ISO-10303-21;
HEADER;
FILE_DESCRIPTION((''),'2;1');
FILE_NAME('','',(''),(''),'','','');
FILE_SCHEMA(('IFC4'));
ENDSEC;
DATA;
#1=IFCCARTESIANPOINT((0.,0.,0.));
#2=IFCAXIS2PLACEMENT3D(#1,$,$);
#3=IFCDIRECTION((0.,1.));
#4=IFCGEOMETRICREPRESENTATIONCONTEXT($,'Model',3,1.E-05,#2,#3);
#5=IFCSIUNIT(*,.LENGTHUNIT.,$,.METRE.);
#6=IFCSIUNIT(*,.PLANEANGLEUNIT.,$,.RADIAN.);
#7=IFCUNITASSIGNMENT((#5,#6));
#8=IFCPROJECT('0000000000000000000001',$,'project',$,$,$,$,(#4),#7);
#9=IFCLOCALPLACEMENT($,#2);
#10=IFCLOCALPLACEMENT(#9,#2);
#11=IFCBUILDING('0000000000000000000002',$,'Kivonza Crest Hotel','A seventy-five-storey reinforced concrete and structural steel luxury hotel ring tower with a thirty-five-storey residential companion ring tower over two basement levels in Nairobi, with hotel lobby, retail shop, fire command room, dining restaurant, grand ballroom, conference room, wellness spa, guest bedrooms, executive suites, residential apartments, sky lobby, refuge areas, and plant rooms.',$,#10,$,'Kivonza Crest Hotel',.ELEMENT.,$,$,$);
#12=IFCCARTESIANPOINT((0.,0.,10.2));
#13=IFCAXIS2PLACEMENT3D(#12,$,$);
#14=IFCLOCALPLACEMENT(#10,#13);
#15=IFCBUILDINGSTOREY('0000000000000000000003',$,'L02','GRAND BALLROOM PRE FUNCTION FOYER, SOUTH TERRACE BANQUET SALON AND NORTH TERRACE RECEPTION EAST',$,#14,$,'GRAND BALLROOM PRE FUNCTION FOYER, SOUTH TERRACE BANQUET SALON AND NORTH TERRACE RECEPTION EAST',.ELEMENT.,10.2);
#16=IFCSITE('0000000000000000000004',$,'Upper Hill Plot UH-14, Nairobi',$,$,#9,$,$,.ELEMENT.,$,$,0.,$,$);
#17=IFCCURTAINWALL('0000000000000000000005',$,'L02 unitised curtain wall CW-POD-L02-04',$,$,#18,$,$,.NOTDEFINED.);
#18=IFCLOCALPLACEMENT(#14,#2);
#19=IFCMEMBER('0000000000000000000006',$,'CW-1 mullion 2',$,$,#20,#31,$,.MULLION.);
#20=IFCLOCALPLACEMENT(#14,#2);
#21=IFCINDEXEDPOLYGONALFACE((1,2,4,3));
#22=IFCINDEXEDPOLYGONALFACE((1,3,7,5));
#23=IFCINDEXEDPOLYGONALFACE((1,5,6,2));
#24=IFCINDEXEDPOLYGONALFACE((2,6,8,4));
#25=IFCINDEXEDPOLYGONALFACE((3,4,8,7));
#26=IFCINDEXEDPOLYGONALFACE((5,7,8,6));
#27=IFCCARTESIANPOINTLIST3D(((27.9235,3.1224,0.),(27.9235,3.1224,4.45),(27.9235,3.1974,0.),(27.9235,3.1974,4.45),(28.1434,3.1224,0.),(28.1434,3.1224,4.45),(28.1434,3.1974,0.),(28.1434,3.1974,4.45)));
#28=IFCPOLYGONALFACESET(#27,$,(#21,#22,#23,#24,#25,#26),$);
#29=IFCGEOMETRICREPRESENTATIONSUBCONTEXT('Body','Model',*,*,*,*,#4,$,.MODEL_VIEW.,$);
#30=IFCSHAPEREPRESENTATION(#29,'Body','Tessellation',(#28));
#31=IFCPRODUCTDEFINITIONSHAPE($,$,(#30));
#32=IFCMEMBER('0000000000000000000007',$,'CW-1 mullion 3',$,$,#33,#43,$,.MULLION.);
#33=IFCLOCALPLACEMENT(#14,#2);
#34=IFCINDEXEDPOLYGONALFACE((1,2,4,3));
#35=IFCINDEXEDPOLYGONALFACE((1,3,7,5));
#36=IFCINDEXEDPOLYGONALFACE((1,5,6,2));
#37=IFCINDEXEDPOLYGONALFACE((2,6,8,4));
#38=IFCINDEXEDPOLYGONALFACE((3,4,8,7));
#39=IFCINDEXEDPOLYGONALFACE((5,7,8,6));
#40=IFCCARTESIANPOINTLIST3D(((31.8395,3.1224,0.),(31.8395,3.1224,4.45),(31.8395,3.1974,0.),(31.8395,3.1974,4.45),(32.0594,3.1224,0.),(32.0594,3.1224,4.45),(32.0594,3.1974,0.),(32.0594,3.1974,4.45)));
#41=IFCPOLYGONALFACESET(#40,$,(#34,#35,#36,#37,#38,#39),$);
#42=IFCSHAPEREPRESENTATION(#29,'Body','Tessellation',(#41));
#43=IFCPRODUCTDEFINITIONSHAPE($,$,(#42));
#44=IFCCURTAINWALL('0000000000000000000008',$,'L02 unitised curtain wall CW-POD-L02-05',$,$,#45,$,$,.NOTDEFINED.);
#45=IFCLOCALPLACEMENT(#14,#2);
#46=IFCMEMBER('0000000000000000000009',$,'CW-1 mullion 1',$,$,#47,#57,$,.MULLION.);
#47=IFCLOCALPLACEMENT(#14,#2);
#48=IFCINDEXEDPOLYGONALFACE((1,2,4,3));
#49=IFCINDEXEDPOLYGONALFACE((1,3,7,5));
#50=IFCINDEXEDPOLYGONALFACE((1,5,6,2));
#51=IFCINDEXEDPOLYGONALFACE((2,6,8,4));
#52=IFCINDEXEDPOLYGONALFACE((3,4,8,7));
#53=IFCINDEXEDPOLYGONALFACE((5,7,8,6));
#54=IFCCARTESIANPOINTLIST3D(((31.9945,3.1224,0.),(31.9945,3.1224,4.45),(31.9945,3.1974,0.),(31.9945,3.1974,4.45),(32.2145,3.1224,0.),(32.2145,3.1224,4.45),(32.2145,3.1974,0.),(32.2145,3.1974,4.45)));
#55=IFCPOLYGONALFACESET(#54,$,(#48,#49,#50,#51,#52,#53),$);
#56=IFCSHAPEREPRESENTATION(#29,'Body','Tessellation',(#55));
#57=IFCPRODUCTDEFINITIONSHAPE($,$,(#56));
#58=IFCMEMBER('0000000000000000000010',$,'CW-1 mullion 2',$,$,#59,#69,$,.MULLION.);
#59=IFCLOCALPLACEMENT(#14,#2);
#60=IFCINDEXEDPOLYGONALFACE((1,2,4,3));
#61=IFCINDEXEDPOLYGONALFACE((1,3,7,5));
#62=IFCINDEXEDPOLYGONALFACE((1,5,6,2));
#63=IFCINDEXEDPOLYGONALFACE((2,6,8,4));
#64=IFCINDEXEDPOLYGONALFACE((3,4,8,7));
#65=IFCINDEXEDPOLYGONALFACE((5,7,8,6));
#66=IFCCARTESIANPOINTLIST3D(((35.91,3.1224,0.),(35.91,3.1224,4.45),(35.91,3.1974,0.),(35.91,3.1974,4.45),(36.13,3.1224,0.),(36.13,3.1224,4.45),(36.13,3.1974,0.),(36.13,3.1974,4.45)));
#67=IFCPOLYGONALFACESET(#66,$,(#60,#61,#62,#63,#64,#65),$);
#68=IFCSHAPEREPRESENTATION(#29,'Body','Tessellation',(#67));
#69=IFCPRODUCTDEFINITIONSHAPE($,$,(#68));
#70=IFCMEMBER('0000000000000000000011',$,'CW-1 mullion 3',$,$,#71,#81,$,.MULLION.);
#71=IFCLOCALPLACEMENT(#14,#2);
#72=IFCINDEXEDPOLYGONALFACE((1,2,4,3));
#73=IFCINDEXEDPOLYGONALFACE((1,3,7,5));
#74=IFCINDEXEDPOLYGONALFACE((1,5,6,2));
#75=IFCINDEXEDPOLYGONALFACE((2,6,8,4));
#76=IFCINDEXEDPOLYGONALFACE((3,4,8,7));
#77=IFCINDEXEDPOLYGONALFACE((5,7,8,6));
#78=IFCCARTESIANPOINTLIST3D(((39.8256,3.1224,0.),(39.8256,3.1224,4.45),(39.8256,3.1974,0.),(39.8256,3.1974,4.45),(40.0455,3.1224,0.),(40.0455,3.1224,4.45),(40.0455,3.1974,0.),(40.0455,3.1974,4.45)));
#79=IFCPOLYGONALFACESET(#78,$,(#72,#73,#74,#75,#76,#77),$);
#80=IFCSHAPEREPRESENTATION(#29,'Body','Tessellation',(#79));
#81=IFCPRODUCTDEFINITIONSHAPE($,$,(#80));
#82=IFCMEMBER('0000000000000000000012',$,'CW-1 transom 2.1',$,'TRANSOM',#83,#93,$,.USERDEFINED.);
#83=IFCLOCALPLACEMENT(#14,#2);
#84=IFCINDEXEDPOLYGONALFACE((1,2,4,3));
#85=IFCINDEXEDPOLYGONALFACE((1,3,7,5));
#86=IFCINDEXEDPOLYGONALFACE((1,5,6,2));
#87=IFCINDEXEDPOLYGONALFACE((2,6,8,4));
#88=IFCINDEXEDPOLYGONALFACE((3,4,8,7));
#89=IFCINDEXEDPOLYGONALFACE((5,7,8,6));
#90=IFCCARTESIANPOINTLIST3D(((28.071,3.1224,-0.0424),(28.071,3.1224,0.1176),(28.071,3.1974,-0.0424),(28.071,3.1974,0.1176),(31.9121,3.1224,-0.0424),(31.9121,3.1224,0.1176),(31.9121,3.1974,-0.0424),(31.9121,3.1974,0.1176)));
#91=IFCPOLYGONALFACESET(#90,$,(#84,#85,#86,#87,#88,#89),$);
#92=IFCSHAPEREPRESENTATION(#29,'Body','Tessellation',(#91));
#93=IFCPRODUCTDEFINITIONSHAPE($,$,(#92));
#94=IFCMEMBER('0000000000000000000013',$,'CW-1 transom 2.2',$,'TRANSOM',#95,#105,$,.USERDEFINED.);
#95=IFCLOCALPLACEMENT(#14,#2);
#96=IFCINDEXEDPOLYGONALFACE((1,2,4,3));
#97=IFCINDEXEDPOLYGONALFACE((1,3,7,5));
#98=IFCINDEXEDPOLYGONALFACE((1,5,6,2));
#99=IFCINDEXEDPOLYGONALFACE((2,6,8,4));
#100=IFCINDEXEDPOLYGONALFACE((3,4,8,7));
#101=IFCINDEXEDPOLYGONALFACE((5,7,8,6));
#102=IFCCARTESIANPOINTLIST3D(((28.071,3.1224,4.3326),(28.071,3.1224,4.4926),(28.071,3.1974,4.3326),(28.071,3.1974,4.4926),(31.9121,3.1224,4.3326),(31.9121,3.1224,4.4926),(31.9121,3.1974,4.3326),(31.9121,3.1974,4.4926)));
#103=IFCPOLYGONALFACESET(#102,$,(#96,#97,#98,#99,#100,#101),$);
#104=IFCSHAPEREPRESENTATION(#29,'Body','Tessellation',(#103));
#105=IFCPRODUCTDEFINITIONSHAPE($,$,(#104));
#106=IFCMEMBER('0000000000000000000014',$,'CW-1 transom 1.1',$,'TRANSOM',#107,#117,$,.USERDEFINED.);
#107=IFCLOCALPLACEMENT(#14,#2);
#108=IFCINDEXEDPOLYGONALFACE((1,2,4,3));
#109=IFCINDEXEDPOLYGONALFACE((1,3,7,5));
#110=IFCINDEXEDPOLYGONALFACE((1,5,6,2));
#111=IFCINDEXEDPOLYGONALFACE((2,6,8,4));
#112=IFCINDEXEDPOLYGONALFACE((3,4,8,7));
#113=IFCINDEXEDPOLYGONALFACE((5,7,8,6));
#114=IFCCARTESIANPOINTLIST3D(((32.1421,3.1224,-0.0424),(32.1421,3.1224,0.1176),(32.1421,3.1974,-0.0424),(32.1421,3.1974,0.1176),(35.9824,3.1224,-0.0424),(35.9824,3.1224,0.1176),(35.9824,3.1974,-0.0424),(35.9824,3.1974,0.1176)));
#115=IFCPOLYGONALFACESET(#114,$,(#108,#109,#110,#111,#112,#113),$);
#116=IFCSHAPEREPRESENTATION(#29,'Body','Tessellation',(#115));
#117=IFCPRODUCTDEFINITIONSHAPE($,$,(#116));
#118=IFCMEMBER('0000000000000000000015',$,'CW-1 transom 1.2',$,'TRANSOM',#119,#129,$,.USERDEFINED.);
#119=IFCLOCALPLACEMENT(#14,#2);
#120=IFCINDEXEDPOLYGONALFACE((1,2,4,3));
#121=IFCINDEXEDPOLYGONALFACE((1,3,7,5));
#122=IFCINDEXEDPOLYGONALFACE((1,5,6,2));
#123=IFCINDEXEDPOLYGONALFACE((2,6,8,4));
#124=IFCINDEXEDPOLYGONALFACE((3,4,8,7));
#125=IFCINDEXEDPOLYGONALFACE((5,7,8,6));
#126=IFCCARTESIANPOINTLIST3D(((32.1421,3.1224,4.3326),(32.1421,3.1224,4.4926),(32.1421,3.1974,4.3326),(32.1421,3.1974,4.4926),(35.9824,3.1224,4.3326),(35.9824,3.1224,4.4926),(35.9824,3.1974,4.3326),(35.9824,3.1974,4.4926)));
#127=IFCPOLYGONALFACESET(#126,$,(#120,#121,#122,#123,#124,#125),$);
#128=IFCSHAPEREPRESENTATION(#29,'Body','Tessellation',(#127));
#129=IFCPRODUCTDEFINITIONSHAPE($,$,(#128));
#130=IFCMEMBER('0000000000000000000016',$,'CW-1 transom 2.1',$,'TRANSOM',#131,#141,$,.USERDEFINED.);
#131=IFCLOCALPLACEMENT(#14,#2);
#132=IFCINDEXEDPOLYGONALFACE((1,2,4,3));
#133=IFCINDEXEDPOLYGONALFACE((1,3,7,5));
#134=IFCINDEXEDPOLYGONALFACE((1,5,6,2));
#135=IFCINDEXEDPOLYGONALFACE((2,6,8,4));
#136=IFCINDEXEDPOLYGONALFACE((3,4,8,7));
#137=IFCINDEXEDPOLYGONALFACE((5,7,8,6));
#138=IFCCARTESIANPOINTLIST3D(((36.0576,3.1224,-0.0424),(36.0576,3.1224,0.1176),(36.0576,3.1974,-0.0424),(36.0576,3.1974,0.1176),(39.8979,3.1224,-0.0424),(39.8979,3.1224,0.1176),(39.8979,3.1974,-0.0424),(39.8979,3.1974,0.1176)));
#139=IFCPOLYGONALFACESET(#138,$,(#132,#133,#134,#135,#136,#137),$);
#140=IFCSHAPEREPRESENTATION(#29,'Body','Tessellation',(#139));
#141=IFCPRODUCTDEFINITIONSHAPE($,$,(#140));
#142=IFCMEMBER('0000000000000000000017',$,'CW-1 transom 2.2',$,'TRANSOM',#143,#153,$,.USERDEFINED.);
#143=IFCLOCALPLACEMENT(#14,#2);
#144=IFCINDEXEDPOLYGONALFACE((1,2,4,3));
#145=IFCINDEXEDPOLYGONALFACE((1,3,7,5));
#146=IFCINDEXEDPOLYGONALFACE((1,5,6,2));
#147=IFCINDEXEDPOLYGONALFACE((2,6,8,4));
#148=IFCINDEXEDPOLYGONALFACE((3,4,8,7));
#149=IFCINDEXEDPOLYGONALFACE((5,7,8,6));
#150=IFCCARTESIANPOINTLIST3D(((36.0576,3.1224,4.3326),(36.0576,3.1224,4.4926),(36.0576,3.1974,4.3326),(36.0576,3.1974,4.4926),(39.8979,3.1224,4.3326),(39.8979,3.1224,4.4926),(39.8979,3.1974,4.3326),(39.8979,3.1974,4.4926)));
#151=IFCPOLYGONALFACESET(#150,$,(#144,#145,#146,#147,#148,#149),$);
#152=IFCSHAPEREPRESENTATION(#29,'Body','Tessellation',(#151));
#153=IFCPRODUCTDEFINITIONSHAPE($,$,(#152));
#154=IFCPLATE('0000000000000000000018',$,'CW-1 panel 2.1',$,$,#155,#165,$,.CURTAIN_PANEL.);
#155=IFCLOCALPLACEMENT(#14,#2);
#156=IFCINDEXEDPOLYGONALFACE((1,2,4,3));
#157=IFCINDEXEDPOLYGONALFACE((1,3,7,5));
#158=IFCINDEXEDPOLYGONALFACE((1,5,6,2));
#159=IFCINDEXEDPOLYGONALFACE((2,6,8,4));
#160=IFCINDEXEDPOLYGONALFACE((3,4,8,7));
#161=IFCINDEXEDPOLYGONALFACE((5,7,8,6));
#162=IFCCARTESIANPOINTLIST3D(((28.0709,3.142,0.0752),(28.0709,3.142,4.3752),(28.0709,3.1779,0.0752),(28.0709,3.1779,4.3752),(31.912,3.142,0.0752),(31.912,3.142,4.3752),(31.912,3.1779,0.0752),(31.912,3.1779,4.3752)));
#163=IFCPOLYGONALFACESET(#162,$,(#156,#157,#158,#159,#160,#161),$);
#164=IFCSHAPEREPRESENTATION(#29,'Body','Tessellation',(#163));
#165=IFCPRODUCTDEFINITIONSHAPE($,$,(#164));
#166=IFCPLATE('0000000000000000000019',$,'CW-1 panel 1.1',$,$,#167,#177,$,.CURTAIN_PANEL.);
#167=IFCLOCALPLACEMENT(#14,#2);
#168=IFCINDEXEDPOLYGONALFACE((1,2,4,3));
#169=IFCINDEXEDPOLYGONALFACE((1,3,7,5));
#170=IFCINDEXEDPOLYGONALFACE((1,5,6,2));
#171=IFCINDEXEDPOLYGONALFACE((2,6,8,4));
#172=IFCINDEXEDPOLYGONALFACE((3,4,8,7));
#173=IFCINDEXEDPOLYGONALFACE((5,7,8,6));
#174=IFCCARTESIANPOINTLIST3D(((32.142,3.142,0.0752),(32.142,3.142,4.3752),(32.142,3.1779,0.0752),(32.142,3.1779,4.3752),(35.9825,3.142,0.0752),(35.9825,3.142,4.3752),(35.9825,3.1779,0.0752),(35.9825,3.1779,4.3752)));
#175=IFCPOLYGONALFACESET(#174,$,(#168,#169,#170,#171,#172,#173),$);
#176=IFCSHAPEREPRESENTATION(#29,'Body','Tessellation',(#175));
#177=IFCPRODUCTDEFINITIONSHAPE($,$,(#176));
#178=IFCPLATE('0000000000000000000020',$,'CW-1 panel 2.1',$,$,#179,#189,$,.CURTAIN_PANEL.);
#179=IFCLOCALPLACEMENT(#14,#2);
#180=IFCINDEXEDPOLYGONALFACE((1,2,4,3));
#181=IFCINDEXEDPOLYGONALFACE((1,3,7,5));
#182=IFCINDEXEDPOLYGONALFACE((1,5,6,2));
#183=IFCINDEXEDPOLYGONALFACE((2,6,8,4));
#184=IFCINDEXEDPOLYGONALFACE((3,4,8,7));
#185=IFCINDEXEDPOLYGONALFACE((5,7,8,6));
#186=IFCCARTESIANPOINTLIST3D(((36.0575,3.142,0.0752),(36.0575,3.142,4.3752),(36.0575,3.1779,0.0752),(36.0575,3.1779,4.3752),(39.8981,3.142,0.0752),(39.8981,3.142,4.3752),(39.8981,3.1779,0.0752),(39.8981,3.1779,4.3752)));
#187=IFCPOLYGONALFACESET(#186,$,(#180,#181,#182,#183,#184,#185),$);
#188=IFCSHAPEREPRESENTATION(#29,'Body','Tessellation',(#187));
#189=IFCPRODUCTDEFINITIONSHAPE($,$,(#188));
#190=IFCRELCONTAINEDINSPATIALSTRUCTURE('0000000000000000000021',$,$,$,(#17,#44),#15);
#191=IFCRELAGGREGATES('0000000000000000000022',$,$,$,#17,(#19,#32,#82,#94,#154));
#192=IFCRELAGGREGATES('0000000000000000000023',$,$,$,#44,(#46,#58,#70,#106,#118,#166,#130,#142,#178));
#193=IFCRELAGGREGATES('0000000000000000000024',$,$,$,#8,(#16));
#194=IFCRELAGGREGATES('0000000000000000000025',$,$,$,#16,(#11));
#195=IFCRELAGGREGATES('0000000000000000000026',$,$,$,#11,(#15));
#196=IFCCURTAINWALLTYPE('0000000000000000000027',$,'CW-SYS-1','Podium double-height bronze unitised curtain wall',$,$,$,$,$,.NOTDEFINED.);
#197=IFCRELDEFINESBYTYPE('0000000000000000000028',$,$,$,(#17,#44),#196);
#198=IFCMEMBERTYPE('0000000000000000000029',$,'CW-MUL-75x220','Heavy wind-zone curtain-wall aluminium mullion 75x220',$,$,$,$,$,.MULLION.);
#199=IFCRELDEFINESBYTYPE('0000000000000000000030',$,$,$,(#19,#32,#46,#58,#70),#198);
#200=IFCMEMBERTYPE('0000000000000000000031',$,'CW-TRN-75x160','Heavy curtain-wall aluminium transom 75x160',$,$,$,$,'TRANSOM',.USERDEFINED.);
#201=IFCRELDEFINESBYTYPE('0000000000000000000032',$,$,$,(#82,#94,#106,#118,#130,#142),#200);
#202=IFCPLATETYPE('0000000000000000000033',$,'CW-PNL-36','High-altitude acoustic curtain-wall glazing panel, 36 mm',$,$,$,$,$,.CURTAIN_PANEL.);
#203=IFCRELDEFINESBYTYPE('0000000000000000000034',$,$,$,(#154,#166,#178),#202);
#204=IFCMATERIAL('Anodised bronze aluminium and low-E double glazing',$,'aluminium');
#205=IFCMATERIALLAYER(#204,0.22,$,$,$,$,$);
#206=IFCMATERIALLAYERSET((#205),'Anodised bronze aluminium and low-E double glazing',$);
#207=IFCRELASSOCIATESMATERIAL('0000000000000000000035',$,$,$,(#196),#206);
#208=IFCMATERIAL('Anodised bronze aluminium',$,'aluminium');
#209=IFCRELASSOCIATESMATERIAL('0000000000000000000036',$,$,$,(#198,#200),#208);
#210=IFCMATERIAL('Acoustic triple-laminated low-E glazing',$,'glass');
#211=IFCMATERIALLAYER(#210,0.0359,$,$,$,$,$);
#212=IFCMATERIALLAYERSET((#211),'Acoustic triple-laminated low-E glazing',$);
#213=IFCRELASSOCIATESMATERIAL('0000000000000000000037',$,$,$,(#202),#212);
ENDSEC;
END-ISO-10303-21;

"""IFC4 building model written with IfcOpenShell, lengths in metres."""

from ifc_helpers import new_model, si_unit, direction, frame, origin, origin_2d, place, context, subcontext, project, spatial, rectangle, extrude, material, layer, layer_set, material_profile, profile_set, type_object, element, aggregate, save


model = new_model("IFC4")

# Units and contexts
model_context = context("Model", 3, precision=1e-05, world=origin(), true_north=direction((0.0, 1.0)))
body_context = subcontext(model_context, "Body", "Model", "MODEL_VIEW")
ifc_project = project(units=[si_unit("LENGTHUNIT", "METRE"), si_unit("PLANEANGLEUNIT", "RADIAN")], contexts=[model_context])

# Site, building, storey
site_placement = place(None, origin())
site = spatial("IfcSite", under=ifc_project, at=site_placement, Name="Upper Hill Plot UH-14, Nairobi", CompositionType="ELEMENT", RefElevation=0.0)
building_placement = place(site_placement, origin())
building = spatial("IfcBuilding", under=site, at=building_placement, Name="Kivonza Crest Hotel", Description="A seventy-five-storey reinforced concrete and structural steel luxury hotel ring tower with a thirty-five-storey residential companion ring tower over two basement levels in Nairobi, with hotel lobby, retail shop, fire command room, dining restaurant, grand ballroom, conference room, wellness spa, guest bedrooms, executive suites, residential apartments, sky lobby, refuge areas, and plant rooms.", LongName="Kivonza Crest Hotel", CompositionType="ELEMENT")
storey_placement = place(building_placement, frame((0.0, 0.0, 10.2)))
storey = spatial("IfcBuildingStorey", under=building, at=storey_placement, Name="L02", Description="GRAND BALLROOM PRE FUNCTION FOYER, SOUTH TERRACE BANQUET SALON AND NORTH TERRACE RECEPTION EAST", LongName="GRAND BALLROOM PRE FUNCTION FOYER, SOUTH TERRACE BANQUET SALON AND NORTH TERRACE RECEPTION EAST", CompositionType="ELEMENT", Elevation=10.2)

# Curtain walls, members
ifc_material_1 = material(Name="Anodised bronze aluminium and low-E double glazing", Category="aluminium")
ifc_layer_1 = layer(ifc_material_1, 0.22)
ifc_layer_set_1 = layer_set([ifc_layer_1], Name="Anodised bronze aluminium and low-E double glazing")
curtain_wall_type = type_object("IfcCurtainWallType", Name="CW-SYS-1", Description="Podium double-height bronze unitised curtain wall", PredefinedType="NOTDEFINED", material=ifc_layer_set_1)
curtain_wall_1_placement = place(storey_placement, origin())
curtain_wall_1 = element("IfcCurtainWall", 1, at=curtain_wall_1_placement, inside=storey, type_object=curtain_wall_type, Name="L02 unitised curtain wall CW-POD-L02-04", PredefinedType="NOTDEFINED")
ifc_material_2 = material(Name="Anodised bronze aluminium", Category="aluminium")
ifc_material_profile_1 = material_profile(ifc_material_2, rectangle(XDim=0.075, YDim=0.22, at=origin_2d()), Name="CW-M 75x220")
ifc_profile_set_1 = profile_set([ifc_material_profile_1], Name="Anodised bronze aluminium")
member_type_1 = type_object("IfcMemberType", Name="CW-MUL-75x220", Description="Heavy wind-zone curtain-wall aluminium mullion 75x220", PredefinedType="MULLION", material=ifc_profile_set_1)
member_1_placement = place(storey_placement, frame((28.0334, 3.1599, 0.0), z_axis=(0.0, 0.0, 1.0), x_axis=(0.0, 1.0, 0.0)))
member_1 = element("IfcMember", 2, at=member_1_placement, type_object=member_type_1, Name="CW-1 mullion 2", PredefinedType="MULLION", context=body_context, shape_type="SweptSolid", body=[
    extrude(rectangle(XDim=0.075, YDim=0.22, at=origin_2d()), origin(), (0.0, 0.0, 1.0), 4.45),
])
member_2_placement = place(storey_placement, frame((31.9495, 3.1599, 0.0), z_axis=(0.0, 0.0, 1.0), x_axis=(0.0, 1.0, 0.0)))
member_2 = element("IfcMember", 3, at=member_2_placement, type_object=member_type_1, Name="CW-1 mullion 3", PredefinedType="MULLION", context=body_context, shape_type="SweptSolid", body=[
    extrude(rectangle(XDim=0.075, YDim=0.22, at=origin_2d()), origin(), (0.0, 0.0, 1.0), 4.45),
])
curtain_wall_2_placement = place(storey_placement, origin())
curtain_wall_2 = element("IfcCurtainWall", 4, at=curtain_wall_2_placement, inside=storey, type_object=curtain_wall_type, Name="L02 unitised curtain wall CW-POD-L02-05", PredefinedType="NOTDEFINED")
member_3_placement = place(storey_placement, frame((32.1045, 3.1599, 0.0), z_axis=(0.0, 0.0, 1.0), x_axis=(0.0, 1.0, 0.0)))
member_3 = element("IfcMember", 5, at=member_3_placement, type_object=member_type_1, Name="CW-1 mullion 1", PredefinedType="MULLION", context=body_context, shape_type="SweptSolid", body=[
    extrude(rectangle(XDim=0.075, YDim=0.22, at=origin_2d()), origin(), (0.0, 0.0, 1.0), 4.45),
])
member_4_placement = place(storey_placement, frame((36.02, 3.1599, 0.0), z_axis=(0.0, 0.0, 1.0), x_axis=(0.0, 1.0, 0.0)))
member_4 = element("IfcMember", 6, at=member_4_placement, type_object=member_type_1, Name="CW-1 mullion 2", PredefinedType="MULLION", context=body_context, shape_type="SweptSolid", body=[
    extrude(rectangle(XDim=0.075, YDim=0.22, at=origin_2d()), origin(), (0.0, 0.0, 1.0), 4.45),
])
member_5_placement = place(storey_placement, frame((39.9355, 3.1599, 0.0), z_axis=(0.0, 0.0, 1.0), x_axis=(0.0, 1.0, 0.0)))
member_5 = element("IfcMember", 7, at=member_5_placement, type_object=member_type_1, Name="CW-1 mullion 3", PredefinedType="MULLION", context=body_context, shape_type="SweptSolid", body=[
    extrude(rectangle(XDim=0.075, YDim=0.22, at=origin_2d()), origin(), (0.0, 0.0, 1.0), 4.45),
])

# Members
ifc_material_profile_2 = material_profile(ifc_material_2, rectangle(XDim=0.075, YDim=0.1599, at=origin_2d()), Name="CW-T 75x160")
ifc_profile_set_2 = profile_set([ifc_material_profile_2], Name="Anodised bronze aluminium")
member_type_2 = type_object("IfcMemberType", Name="CW-TRN-75x160", Description="Heavy curtain-wall aluminium transom 75x160", ElementType="TRANSOM", PredefinedType="USERDEFINED", material=ifc_profile_set_2)
member_6_placement = place(storey_placement, frame((28.071, 3.1599, 0.0376), z_axis=(1.0, 0.0, 0.0), x_axis=(0.0, 1.0, 0.0)))
member_6 = element("IfcMember", 8, at=member_6_placement, type_object=member_type_2, Name="CW-1 transom 2.1", ObjectType="TRANSOM", PredefinedType="USERDEFINED", context=body_context, shape_type="SweptSolid", body=[
    extrude(rectangle(XDim=0.075, YDim=0.1599, at=origin_2d()), origin(), (0.0, 0.0, 1.0), 3.8411),
])
member_7_placement = place(storey_placement, frame((28.071, 3.1599, 4.4126), z_axis=(1.0, 0.0, 0.0), x_axis=(0.0, 1.0, 0.0)))
member_7 = element("IfcMember", 9, at=member_7_placement, type_object=member_type_2, Name="CW-1 transom 2.2", ObjectType="TRANSOM", PredefinedType="USERDEFINED", context=body_context, shape_type="SweptSolid", body=[
    extrude(rectangle(XDim=0.075, YDim=0.1599, at=origin_2d()), origin(), (0.0, 0.0, 1.0), 3.8411),
])
member_8_placement = place(storey_placement, frame((32.1421, 3.1599, 0.0376), z_axis=(1.0, 0.0, 0.0), x_axis=(0.0, 1.0, 0.0)))
member_8 = element("IfcMember", 10, at=member_8_placement, type_object=member_type_2, Name="CW-1 transom 1.1", ObjectType="TRANSOM", PredefinedType="USERDEFINED", context=body_context, shape_type="SweptSolid", body=[
    extrude(rectangle(XDim=0.075, YDim=0.1599, at=origin_2d()), origin(), (0.0, 0.0, 1.0), 3.8403),
])
member_9_placement = place(storey_placement, frame((32.1421, 3.1599, 4.4126), z_axis=(1.0, 0.0, 0.0), x_axis=(0.0, 1.0, 0.0)))
member_9 = element("IfcMember", 11, at=member_9_placement, type_object=member_type_2, Name="CW-1 transom 1.2", ObjectType="TRANSOM", PredefinedType="USERDEFINED", context=body_context, shape_type="SweptSolid", body=[
    extrude(rectangle(XDim=0.075, YDim=0.1599, at=origin_2d()), origin(), (0.0, 0.0, 1.0), 3.8403),
])
member_10_placement = place(storey_placement, frame((36.0576, 3.1599, 0.0376), z_axis=(1.0, 0.0, 0.0), x_axis=(0.0, 1.0, 0.0)))
member_10 = element("IfcMember", 12, at=member_10_placement, type_object=member_type_2, Name="CW-1 transom 2.1", ObjectType="TRANSOM", PredefinedType="USERDEFINED", context=body_context, shape_type="SweptSolid", body=[
    extrude(rectangle(XDim=0.075, YDim=0.1599, at=origin_2d()), origin(), (0.0, 0.0, 1.0), 3.8403),
])
member_11_placement = place(storey_placement, frame((36.0576, 3.1599, 4.4126), z_axis=(1.0, 0.0, 0.0), x_axis=(0.0, 1.0, 0.0)))
member_11 = element("IfcMember", 13, at=member_11_placement, type_object=member_type_2, Name="CW-1 transom 2.2", ObjectType="TRANSOM", PredefinedType="USERDEFINED", context=body_context, shape_type="SweptSolid", body=[
    extrude(rectangle(XDim=0.075, YDim=0.1599, at=origin_2d()), origin(), (0.0, 0.0, 1.0), 3.8403),
])

# Plates
ifc_material_3 = material(Name="Acoustic triple-laminated low-E glazing", Category="glass")
ifc_layer_2 = layer(ifc_material_3, 0.0359)
ifc_layer_set_2 = layer_set([ifc_layer_2], Name="Acoustic triple-laminated low-E glazing")
plate_type = type_object("IfcPlateType", Name="CW-PNL-36", Description="High-altitude acoustic curtain-wall glazing panel, 36 mm", PredefinedType="CURTAIN_PANEL", material=ifc_layer_set_2)
plate_1_placement = place(storey_placement, frame((29.9915, 3.1599, 0.0752), z_axis=(0.0, 0.0, 1.0), x_axis=(1.0, 0.0, 0.0)))
plate_1 = element("IfcPlate", 14, at=plate_1_placement, type_object=plate_type, Name="CW-1 panel 2.1", PredefinedType="CURTAIN_PANEL", context=body_context, shape_type="SweptSolid", body=[
    extrude(rectangle(XDim=3.8411, YDim=0.0359, at=origin_2d()), origin(), (0.0, 0.0, 1.0), 4.3),
])
aggregate(curtain_wall_1, [member_1, member_2, member_6, member_7, plate_1])
plate_2_placement = place(storey_placement, frame((34.0623, 3.1599, 0.0752), z_axis=(0.0, 0.0, 1.0), x_axis=(1.0, 0.0, 0.0)))
plate_2 = element("IfcPlate", 15, at=plate_2_placement, type_object=plate_type, Name="CW-1 panel 1.1", PredefinedType="CURTAIN_PANEL", context=body_context, shape_type="SweptSolid", body=[
    extrude(rectangle(XDim=3.8406, YDim=0.0359, at=origin_2d()), origin(), (0.0, 0.0, 1.0), 4.3),
])
plate_3_placement = place(storey_placement, frame((37.9778, 3.1599, 0.0752), z_axis=(0.0, 0.0, 1.0), x_axis=(1.0, 0.0, 0.0)))
plate_3 = element("IfcPlate", 16, at=plate_3_placement, type_object=plate_type, Name="CW-1 panel 2.1", PredefinedType="CURTAIN_PANEL", context=body_context, shape_type="SweptSolid", body=[
    extrude(rectangle(XDim=3.8406, YDim=0.0359, at=origin_2d()), origin(), (0.0, 0.0, 1.0), 4.3),
])
aggregate(curtain_wall_2, [member_3, member_4, member_5, member_8, member_9, plate_2, member_10, member_11, plate_3])

save(model, "model.ifc")
